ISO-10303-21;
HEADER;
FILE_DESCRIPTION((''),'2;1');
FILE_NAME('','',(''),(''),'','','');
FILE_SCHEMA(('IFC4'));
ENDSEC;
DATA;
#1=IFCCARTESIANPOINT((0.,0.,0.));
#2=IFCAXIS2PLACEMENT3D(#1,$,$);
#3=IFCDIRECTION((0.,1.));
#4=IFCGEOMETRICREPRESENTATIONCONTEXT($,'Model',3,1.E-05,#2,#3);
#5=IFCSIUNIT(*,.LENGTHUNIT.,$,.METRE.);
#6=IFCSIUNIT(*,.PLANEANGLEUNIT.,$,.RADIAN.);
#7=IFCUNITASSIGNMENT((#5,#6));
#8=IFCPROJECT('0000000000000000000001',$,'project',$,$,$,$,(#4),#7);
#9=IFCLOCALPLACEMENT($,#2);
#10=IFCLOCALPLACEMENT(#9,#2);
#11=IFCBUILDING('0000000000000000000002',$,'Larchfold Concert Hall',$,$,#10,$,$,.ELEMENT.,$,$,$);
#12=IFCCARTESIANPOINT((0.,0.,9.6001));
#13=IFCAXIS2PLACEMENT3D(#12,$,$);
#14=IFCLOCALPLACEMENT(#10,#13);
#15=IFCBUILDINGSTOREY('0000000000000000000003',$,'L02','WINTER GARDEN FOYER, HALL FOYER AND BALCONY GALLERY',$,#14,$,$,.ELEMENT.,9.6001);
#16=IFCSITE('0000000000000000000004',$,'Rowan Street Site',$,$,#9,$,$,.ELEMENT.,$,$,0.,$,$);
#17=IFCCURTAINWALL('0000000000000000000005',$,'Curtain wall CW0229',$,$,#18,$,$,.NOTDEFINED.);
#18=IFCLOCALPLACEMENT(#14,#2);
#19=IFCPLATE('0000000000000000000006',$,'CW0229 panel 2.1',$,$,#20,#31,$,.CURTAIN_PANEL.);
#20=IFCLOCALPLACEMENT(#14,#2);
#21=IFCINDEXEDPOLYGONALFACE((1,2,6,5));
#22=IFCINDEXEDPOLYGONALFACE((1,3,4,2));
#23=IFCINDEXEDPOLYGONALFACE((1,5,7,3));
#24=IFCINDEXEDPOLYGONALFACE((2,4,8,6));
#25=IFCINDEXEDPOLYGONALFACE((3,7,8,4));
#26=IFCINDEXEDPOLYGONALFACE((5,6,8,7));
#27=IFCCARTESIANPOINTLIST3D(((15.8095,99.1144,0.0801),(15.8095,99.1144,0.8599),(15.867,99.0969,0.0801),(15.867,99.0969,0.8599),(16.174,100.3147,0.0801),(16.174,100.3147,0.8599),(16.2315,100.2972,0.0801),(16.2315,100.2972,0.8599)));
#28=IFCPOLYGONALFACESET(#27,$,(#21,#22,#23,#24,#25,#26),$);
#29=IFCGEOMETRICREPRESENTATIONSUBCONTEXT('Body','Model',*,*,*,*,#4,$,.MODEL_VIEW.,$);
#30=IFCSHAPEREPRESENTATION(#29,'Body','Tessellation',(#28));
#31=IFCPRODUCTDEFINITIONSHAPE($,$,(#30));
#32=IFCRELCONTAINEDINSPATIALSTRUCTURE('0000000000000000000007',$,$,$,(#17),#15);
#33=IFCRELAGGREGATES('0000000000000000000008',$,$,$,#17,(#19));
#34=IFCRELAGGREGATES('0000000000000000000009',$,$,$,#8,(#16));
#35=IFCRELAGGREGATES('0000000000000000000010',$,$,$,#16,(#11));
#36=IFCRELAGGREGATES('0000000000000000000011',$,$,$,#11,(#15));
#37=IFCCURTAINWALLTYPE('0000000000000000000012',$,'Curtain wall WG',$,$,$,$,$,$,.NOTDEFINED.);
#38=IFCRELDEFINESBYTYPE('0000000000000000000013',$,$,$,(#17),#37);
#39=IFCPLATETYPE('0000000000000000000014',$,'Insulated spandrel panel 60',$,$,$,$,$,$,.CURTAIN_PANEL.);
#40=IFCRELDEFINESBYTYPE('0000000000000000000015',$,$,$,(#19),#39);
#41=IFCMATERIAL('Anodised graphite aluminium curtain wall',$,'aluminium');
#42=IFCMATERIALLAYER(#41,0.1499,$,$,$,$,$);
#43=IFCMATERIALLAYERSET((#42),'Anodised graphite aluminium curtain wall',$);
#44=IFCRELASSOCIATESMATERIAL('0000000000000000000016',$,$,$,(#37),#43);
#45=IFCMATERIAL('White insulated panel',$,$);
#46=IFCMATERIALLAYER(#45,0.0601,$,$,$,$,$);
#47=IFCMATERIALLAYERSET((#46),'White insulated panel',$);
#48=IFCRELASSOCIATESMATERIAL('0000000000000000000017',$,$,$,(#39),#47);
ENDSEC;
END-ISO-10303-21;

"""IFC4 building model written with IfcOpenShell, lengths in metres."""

from ifc_helpers import new_model, si_unit, direction, frame, origin, origin_2d, place, context, subcontext, project, spatial, rectangle, extrude, material, layer, layer_set, type_object, element, aggregate, save


model = new_model("IFC4")

# Units and contexts
model_context = context("Model", 3, precision=1e-05, world=origin(), true_north=direction((0.0, 1.0)))
body_context = subcontext(model_context, "Body", "Model", "MODEL_VIEW")
ifc_project = project(units=[si_unit("LENGTHUNIT", "METRE"), si_unit("PLANEANGLEUNIT", "RADIAN")], contexts=[model_context])

# Site, building, storey
site_placement = place(None, origin())
site = spatial("IfcSite", under=ifc_project, at=site_placement, Name="Rowan Street Site", CompositionType="ELEMENT", RefElevation=0.0)
building_placement = place(site_placement, origin())
building = spatial("IfcBuilding", under=site, at=building_placement, Name="Larchfold Concert Hall", CompositionType="ELEMENT")
storey_placement = place(building_placement, frame((0.0, 0.0, 9.6001)))
storey = spatial("IfcBuildingStorey", under=building, at=storey_placement, Name="L02", Description="WINTER GARDEN FOYER, HALL FOYER AND BALCONY GALLERY", CompositionType="ELEMENT", Elevation=9.6001)

# Curtain wall
ifc_material_1 = material(Name="Anodised graphite aluminium curtain wall", Category="aluminium")
ifc_layer_1 = layer(ifc_material_1, 0.1499)
ifc_layer_set_1 = layer_set([ifc_layer_1], Name="Anodised graphite aluminium curtain wall")
curtain_wall_type = type_object("IfcCurtainWallType", Name="Curtain wall WG", PredefinedType="NOTDEFINED", material=ifc_layer_set_1)
curtain_wall_1_placement = place(storey_placement, origin())
curtain_wall_1 = element("IfcCurtainWall", 1, at=curtain_wall_1_placement, inside=storey, type_object=curtain_wall_type, Name="Curtain wall CW0229", PredefinedType="NOTDEFINED")

# Plate
ifc_material_2 = material(Name="White insulated panel")
ifc_layer_2 = layer(ifc_material_2, 0.0601)
ifc_layer_set_2 = layer_set([ifc_layer_2], Name="White insulated panel")
plate_type_1 = type_object("IfcPlateType", Name="Insulated spandrel panel 60", PredefinedType="CURTAIN_PANEL", material=ifc_layer_set_2)
plate_1_placement = place(storey_placement, frame((16.0205, 99.7058, 0.0801), z_axis=(0.0, 0.0, 1.0), x_axis=(0.290562, 0.956856, 0.0)))
plate_1 = element("IfcPlate", 2, at=plate_1_placement, type_object=plate_type_1, Name="CW0229 panel 2.1", PredefinedType="CURTAIN_PANEL", context=body_context, shape_type="SweptSolid", body=[
    extrude(rectangle(XDim=1.2544, YDim=0.0601, at=origin_2d()), origin(), (0.0, 0.0, 1.0), 0.7798),
])
aggregate(curtain_wall_1, [plate_1])

save(model, "model.ifc")
